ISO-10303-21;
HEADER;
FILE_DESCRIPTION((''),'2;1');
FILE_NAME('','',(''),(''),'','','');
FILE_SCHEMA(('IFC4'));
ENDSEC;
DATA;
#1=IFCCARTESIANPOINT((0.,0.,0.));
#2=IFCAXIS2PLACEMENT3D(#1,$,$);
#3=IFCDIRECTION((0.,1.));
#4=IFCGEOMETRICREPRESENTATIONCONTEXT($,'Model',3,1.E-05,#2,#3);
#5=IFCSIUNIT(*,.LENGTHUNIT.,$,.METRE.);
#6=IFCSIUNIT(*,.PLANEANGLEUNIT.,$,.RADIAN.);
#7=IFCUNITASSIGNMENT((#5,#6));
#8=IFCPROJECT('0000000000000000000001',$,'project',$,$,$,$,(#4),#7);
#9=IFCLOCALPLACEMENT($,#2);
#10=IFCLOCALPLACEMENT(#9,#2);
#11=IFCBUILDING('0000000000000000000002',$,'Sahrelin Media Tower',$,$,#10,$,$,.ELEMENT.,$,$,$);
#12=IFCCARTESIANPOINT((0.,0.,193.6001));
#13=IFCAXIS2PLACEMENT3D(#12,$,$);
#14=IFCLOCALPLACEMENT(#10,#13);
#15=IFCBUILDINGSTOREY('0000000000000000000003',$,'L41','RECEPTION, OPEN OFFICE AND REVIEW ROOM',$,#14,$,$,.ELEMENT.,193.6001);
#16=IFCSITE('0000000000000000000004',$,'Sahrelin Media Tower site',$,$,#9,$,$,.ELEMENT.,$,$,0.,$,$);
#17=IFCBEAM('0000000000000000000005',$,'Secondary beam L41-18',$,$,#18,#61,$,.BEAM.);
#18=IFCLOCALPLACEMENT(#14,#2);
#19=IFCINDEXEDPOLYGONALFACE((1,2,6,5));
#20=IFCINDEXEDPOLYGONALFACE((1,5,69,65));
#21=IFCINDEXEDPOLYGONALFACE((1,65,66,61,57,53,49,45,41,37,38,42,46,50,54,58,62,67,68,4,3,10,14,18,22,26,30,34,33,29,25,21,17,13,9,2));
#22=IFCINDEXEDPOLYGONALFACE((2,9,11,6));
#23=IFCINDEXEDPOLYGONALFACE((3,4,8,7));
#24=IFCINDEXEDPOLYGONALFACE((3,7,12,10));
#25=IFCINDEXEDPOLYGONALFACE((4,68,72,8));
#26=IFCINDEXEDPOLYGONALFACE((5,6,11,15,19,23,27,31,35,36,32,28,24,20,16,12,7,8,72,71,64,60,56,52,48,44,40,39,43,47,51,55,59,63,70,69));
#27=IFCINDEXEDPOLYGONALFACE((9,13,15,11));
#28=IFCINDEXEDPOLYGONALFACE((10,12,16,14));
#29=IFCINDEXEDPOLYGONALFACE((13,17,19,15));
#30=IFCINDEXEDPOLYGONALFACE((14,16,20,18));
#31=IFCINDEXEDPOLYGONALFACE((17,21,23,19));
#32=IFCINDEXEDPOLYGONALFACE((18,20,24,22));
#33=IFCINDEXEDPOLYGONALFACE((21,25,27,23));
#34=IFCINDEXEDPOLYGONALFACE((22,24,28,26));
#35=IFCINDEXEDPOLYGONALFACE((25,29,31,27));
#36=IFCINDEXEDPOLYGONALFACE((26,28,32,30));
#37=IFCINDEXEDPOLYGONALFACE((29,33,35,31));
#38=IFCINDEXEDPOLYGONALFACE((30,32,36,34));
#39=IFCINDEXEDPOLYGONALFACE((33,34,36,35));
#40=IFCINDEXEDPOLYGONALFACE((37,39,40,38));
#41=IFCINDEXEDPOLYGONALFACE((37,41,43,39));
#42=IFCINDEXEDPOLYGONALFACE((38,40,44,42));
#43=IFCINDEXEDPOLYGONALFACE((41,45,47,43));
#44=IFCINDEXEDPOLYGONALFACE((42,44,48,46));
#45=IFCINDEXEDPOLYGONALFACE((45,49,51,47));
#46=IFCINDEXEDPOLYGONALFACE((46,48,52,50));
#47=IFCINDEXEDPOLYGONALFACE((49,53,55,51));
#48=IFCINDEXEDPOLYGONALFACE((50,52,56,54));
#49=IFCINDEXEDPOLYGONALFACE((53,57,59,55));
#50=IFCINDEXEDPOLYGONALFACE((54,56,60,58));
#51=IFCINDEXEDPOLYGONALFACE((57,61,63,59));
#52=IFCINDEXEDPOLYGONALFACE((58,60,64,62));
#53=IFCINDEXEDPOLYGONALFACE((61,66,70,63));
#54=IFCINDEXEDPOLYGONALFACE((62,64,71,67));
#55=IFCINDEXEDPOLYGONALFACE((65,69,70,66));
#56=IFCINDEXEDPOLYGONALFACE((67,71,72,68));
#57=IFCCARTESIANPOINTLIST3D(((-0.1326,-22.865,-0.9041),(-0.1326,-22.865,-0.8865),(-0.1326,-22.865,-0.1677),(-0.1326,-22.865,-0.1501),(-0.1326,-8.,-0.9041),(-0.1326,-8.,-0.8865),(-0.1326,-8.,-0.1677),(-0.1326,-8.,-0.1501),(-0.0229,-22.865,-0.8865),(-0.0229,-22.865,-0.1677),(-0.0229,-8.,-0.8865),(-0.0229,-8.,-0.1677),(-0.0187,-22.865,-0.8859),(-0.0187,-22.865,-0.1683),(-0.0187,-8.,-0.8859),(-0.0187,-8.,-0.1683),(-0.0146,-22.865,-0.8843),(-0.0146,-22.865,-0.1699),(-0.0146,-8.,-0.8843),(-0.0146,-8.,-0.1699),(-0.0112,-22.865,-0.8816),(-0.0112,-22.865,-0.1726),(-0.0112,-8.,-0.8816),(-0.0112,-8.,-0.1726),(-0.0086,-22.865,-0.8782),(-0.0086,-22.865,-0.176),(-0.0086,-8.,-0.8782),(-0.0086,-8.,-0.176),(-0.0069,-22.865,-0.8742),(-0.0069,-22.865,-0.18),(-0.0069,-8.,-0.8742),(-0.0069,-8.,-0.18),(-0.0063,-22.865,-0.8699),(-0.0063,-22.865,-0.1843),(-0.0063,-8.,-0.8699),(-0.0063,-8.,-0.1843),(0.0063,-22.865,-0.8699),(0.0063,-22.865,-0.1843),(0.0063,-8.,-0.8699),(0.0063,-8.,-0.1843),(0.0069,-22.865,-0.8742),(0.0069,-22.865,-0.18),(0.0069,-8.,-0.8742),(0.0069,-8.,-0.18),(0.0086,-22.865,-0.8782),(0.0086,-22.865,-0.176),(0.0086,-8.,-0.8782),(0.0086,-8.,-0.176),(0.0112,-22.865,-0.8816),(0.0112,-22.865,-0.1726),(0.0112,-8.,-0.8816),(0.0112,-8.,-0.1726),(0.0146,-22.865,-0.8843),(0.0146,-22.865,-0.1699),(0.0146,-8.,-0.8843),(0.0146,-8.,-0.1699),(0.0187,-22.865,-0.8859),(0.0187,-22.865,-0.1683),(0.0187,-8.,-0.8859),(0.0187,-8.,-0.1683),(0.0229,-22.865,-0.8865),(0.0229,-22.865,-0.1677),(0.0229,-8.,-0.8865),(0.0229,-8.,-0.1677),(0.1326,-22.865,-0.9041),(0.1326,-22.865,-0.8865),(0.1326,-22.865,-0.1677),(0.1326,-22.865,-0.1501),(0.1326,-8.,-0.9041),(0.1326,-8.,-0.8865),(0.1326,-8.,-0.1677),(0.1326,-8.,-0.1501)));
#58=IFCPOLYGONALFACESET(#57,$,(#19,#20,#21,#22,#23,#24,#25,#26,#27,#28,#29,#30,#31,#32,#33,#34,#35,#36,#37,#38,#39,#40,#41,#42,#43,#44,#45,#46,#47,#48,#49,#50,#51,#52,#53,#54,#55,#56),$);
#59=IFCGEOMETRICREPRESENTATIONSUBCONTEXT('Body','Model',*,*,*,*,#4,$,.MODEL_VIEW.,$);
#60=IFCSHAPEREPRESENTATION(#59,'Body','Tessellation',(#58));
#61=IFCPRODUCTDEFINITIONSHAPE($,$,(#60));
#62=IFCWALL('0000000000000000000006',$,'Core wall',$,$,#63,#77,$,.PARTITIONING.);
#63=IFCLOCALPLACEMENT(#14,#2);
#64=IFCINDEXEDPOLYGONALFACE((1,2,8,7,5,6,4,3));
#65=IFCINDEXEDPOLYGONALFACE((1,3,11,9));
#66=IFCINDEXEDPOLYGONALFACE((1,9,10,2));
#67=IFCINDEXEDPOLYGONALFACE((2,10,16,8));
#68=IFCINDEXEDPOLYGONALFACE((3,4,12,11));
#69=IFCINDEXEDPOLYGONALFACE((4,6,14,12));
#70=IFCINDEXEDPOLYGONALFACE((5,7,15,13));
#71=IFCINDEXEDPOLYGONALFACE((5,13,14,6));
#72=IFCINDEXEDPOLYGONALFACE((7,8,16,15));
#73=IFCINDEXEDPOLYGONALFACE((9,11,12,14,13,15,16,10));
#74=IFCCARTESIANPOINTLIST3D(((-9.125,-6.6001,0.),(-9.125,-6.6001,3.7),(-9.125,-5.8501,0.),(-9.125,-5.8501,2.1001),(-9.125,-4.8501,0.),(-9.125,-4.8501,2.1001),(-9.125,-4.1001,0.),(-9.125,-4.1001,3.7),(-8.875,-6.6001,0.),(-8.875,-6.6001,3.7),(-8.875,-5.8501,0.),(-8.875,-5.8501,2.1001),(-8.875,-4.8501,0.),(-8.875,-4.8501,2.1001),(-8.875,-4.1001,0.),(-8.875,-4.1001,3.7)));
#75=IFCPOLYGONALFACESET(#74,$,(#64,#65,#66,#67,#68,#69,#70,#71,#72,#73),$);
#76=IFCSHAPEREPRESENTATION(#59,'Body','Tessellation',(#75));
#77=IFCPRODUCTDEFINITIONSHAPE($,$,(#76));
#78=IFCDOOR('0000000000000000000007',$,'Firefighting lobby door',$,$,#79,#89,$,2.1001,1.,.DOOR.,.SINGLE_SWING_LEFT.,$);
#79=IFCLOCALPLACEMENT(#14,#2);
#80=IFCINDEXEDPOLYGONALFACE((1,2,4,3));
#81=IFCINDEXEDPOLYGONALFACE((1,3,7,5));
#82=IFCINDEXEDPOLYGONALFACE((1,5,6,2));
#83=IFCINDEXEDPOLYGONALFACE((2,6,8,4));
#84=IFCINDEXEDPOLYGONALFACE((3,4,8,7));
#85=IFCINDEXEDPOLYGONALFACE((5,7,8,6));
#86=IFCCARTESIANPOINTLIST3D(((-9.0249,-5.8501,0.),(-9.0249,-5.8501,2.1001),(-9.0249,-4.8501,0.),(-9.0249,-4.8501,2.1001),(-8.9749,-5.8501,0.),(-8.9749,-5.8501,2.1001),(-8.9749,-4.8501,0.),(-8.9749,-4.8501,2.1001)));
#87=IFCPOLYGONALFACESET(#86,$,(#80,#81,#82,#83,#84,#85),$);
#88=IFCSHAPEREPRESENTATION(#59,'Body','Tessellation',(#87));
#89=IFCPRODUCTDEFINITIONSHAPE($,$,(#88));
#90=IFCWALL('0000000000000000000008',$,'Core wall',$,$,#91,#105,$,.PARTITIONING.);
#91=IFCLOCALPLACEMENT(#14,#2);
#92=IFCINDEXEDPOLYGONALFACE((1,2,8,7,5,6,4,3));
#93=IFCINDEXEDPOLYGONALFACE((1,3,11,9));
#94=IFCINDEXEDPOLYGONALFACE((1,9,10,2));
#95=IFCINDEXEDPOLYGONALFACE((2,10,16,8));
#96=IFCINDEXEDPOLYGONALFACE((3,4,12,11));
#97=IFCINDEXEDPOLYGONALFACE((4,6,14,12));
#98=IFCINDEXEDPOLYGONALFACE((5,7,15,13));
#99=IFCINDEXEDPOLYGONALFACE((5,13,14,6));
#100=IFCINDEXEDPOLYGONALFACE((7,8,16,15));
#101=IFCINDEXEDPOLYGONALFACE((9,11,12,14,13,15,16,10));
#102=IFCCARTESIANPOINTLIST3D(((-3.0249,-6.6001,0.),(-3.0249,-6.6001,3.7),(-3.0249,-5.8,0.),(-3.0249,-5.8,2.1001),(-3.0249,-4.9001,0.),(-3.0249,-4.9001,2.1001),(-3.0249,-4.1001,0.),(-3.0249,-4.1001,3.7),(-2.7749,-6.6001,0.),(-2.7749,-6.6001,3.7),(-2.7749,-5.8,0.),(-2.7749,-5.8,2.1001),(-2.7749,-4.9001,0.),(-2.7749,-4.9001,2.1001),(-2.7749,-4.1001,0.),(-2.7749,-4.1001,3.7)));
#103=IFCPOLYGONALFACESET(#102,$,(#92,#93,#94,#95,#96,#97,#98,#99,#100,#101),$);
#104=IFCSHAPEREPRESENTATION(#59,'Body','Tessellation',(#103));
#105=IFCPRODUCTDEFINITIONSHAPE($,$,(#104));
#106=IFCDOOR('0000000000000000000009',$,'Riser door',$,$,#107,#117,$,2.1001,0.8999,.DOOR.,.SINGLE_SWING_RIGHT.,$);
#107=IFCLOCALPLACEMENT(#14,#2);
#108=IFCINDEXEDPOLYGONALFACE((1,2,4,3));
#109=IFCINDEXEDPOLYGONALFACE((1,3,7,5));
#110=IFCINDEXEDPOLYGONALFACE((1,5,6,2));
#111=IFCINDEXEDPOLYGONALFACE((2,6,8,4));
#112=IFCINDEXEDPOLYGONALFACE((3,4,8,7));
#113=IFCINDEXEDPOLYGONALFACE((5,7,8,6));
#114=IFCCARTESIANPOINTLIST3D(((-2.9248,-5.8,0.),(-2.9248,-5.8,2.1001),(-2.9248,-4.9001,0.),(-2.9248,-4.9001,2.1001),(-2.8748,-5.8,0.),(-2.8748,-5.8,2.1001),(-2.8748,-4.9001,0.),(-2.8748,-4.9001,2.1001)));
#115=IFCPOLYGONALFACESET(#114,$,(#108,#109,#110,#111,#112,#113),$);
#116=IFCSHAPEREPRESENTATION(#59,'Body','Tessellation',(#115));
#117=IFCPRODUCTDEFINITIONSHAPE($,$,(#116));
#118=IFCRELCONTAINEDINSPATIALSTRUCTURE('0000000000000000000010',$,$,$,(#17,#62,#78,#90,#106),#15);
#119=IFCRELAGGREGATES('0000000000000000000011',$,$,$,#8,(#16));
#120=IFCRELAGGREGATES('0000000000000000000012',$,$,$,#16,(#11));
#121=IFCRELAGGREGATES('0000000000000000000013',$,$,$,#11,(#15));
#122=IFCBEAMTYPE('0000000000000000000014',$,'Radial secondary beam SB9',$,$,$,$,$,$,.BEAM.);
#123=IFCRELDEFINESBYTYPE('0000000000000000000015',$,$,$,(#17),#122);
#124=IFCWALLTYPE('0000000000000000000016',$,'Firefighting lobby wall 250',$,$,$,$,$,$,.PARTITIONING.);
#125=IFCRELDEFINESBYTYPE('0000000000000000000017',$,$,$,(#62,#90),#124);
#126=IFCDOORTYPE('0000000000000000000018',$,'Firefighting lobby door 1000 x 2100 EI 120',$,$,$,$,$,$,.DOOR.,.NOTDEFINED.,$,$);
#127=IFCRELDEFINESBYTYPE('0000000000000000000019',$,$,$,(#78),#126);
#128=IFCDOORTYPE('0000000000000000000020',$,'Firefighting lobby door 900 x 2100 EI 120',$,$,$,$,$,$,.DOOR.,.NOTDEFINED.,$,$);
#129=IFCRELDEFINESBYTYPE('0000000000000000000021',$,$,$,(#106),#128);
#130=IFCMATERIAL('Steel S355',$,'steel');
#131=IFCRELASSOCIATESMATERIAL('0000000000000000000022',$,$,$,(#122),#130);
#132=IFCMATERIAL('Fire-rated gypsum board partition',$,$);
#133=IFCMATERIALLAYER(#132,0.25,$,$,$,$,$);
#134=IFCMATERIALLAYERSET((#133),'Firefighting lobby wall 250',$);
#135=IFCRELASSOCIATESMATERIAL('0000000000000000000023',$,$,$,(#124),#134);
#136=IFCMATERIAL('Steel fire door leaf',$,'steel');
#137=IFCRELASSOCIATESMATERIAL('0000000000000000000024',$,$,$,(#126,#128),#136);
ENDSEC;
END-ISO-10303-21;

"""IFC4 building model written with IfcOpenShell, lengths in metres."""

from ifc_helpers import new_model, si_unit, direction, frame, frame_2d, origin, origin_2d, place, context, subcontext, project, spatial, rectangle, i_section, extrude, material, layer, layer_set, material_profile, profile_set, type_object, element, fill, save


model = new_model("IFC4")

# Units and contexts
model_context = context("Model", 3, precision=1e-05, world=origin(), true_north=direction((0.0, 1.0)))
body_context = subcontext(model_context, "Body", "Model", "MODEL_VIEW")
ifc_project = project(units=[si_unit("LENGTHUNIT", "METRE"), si_unit("PLANEANGLEUNIT", "RADIAN")], contexts=[model_context])

# Site, building, storey
site_placement = place(None, origin())
site = spatial("IfcSite", under=ifc_project, at=site_placement, Name="Sahrelin Media Tower site", CompositionType="ELEMENT", RefElevation=0.0)
building_placement = place(site_placement, origin())
building = spatial("IfcBuilding", under=site, at=building_placement, Name="Sahrelin Media Tower", CompositionType="ELEMENT")
storey_placement = place(building_placement, frame((0.0, 0.0, 193.6001)))
storey = spatial("IfcBuildingStorey", under=building, at=storey_placement, Name="L41", Description="RECEPTION, OPEN OFFICE AND REVIEW ROOM", CompositionType="ELEMENT", Elevation=193.6001)

# Beam
ifc_material_1 = material(Name="Steel S355", Category="steel")
ifc_material_profile_1 = material_profile(ifc_material_1, i_section(OverallWidth=0.2651, OverallDepth=0.7539, WebThickness=0.0127, FlangeThickness=0.0176, FilletRadius=0.0166, at=origin_2d()), Name="UB 762x267x147")
ifc_profile_set_1 = profile_set([ifc_material_profile_1], Name="Steel S355")
beam_type_1 = type_object("IfcBeamType", Name="Radial secondary beam SB9", PredefinedType="BEAM", material=ifc_profile_set_1)
beam_1_placement = place(storey_placement, frame((0.0, -8.0, -0.5271), z_axis=(0.0, -1.0, 0.0), x_axis=(1.0, 0.0, 0.0)))
element("IfcBeam", 1, at=beam_1_placement, inside=storey, type_object=beam_type_1, Name="Secondary beam L41-18", PredefinedType="BEAM", context=body_context, shape_type="SweptSolid", body=[
    extrude(i_section(OverallWidth=0.2651, OverallDepth=0.7539, WebThickness=0.0127, FlangeThickness=0.0176, FilletRadius=0.0166, at=origin_2d()), origin(), (0.0, 0.0, 1.0), 14.865),
])

# Walls, openings, doors
ifc_material_2 = material(Name="Fire-rated gypsum board partition")
ifc_layer_1 = layer(ifc_material_2, 0.25)
ifc_layer_set_1 = layer_set([ifc_layer_1], Name="Firefighting lobby wall 250")
wall_type_1 = type_object("IfcWallType", Name="Firefighting lobby wall 250", PredefinedType="PARTITIONING", material=ifc_layer_set_1)
wall_1_placement = place(storey_placement, frame((-9.0, -6.6001, 0.0), z_axis=(0.0, 0.0, 1.0), x_axis=(0.0, 1.0, 0.0)))
wall_1 = element("IfcWall", 2, at=wall_1_placement, inside=storey, type_object=wall_type_1, Name="Core wall", PredefinedType="PARTITIONING", context=body_context, shape_type="SweptSolid", body=[
    extrude(rectangle(XDim=2.5, YDim=0.25, at=frame_2d((1.25, 0.0))), origin(), (0.0, 0.0, 1.0), 3.7),
])
opening_1_placement = place(wall_1_placement, frame((0.75, 0.0, 0.0)))
opening_1 = element("IfcOpeningElement", 3, at=opening_1_placement, cuts=wall_1, PredefinedType="OPENING", context=body_context, shape_type="SweptSolid", body=[
    extrude(rectangle(XDim=1.0, YDim=2.1001, at=frame_2d((0.5, 1.05))), frame((0.0, 0.125, 0.0), z_axis=(0.0, -1.0, 0.0), x_axis=(1.0, 0.0, 0.0)), (0.0, 0.0, 1.0), 0.25),
])
ifc_material_3 = material(Name="Steel fire door leaf", Category="steel")
door_type_1 = type_object("IfcDoorType", Name="Firefighting lobby door 1000 x 2100 EI 120", OperationType="NOTDEFINED", PredefinedType="DOOR", material=ifc_material_3)
door_1_placement = place(opening_1_placement, origin())
door_1 = element("IfcDoor", 4, at=door_1_placement, inside=storey, type_object=door_type_1, Name="Firefighting lobby door", OperationType="SINGLE_SWING_LEFT", OverallHeight=2.1001, OverallWidth=1.0, PredefinedType="DOOR", context=body_context, shape_type="SweptSolid", body=[
    extrude(rectangle(XDim=1.0, YDim=2.1001, at=frame_2d((0.5, 1.05))), frame((0.0, 0.0249, 0.0), z_axis=(0.0, -1.0, 0.0), x_axis=(1.0, 0.0, 0.0)), (0.0, 0.0, 1.0), 0.05),
])
fill(opening_1, door_1)
wall_2_placement = place(storey_placement, frame((-2.8999, -6.6001, 0.0), z_axis=(0.0, 0.0, 1.0), x_axis=(0.0, 1.0, 0.0)))
wall_2 = element("IfcWall", 5, at=wall_2_placement, inside=storey, type_object=wall_type_1, Name="Core wall", PredefinedType="PARTITIONING", context=body_context, shape_type="SweptSolid", body=[
    extrude(rectangle(XDim=2.5, YDim=0.25, at=frame_2d((1.25, 0.0))), origin(), (0.0, 0.0, 1.0), 3.7),
])
opening_2_placement = place(wall_2_placement, frame((0.8, 0.0, 0.0)))
opening_2 = element("IfcOpeningElement", 6, at=opening_2_placement, cuts=wall_2, PredefinedType="OPENING", context=body_context, shape_type="SweptSolid", body=[
    extrude(rectangle(XDim=0.8999, YDim=2.1001, at=frame_2d((0.45, 1.05))), frame((0.0, 0.125, 0.0), z_axis=(0.0, -1.0, 0.0), x_axis=(1.0, 0.0, 0.0)), (0.0, 0.0, 1.0), 0.25),
])
door_type_2 = type_object("IfcDoorType", Name="Firefighting lobby door 900 x 2100 EI 120", OperationType="NOTDEFINED", PredefinedType="DOOR", material=ifc_material_3)
door_2_placement = place(opening_2_placement, origin())
door_2 = element("IfcDoor", 7, at=door_2_placement, inside=storey, type_object=door_type_2, Name="Riser door", OperationType="SINGLE_SWING_RIGHT", OverallHeight=2.1001, OverallWidth=0.8999, PredefinedType="DOOR", context=body_context, shape_type="SweptSolid", body=[
    extrude(rectangle(XDim=0.8999, YDim=2.1001, at=frame_2d((0.45, 1.05))), frame((0.0, 0.0249, 0.0), z_axis=(0.0, -1.0, 0.0), x_axis=(1.0, 0.0, 0.0)), (0.0, 0.0, 1.0), 0.05),
])
fill(opening_2, door_2)

save(model, "model.ifc")
